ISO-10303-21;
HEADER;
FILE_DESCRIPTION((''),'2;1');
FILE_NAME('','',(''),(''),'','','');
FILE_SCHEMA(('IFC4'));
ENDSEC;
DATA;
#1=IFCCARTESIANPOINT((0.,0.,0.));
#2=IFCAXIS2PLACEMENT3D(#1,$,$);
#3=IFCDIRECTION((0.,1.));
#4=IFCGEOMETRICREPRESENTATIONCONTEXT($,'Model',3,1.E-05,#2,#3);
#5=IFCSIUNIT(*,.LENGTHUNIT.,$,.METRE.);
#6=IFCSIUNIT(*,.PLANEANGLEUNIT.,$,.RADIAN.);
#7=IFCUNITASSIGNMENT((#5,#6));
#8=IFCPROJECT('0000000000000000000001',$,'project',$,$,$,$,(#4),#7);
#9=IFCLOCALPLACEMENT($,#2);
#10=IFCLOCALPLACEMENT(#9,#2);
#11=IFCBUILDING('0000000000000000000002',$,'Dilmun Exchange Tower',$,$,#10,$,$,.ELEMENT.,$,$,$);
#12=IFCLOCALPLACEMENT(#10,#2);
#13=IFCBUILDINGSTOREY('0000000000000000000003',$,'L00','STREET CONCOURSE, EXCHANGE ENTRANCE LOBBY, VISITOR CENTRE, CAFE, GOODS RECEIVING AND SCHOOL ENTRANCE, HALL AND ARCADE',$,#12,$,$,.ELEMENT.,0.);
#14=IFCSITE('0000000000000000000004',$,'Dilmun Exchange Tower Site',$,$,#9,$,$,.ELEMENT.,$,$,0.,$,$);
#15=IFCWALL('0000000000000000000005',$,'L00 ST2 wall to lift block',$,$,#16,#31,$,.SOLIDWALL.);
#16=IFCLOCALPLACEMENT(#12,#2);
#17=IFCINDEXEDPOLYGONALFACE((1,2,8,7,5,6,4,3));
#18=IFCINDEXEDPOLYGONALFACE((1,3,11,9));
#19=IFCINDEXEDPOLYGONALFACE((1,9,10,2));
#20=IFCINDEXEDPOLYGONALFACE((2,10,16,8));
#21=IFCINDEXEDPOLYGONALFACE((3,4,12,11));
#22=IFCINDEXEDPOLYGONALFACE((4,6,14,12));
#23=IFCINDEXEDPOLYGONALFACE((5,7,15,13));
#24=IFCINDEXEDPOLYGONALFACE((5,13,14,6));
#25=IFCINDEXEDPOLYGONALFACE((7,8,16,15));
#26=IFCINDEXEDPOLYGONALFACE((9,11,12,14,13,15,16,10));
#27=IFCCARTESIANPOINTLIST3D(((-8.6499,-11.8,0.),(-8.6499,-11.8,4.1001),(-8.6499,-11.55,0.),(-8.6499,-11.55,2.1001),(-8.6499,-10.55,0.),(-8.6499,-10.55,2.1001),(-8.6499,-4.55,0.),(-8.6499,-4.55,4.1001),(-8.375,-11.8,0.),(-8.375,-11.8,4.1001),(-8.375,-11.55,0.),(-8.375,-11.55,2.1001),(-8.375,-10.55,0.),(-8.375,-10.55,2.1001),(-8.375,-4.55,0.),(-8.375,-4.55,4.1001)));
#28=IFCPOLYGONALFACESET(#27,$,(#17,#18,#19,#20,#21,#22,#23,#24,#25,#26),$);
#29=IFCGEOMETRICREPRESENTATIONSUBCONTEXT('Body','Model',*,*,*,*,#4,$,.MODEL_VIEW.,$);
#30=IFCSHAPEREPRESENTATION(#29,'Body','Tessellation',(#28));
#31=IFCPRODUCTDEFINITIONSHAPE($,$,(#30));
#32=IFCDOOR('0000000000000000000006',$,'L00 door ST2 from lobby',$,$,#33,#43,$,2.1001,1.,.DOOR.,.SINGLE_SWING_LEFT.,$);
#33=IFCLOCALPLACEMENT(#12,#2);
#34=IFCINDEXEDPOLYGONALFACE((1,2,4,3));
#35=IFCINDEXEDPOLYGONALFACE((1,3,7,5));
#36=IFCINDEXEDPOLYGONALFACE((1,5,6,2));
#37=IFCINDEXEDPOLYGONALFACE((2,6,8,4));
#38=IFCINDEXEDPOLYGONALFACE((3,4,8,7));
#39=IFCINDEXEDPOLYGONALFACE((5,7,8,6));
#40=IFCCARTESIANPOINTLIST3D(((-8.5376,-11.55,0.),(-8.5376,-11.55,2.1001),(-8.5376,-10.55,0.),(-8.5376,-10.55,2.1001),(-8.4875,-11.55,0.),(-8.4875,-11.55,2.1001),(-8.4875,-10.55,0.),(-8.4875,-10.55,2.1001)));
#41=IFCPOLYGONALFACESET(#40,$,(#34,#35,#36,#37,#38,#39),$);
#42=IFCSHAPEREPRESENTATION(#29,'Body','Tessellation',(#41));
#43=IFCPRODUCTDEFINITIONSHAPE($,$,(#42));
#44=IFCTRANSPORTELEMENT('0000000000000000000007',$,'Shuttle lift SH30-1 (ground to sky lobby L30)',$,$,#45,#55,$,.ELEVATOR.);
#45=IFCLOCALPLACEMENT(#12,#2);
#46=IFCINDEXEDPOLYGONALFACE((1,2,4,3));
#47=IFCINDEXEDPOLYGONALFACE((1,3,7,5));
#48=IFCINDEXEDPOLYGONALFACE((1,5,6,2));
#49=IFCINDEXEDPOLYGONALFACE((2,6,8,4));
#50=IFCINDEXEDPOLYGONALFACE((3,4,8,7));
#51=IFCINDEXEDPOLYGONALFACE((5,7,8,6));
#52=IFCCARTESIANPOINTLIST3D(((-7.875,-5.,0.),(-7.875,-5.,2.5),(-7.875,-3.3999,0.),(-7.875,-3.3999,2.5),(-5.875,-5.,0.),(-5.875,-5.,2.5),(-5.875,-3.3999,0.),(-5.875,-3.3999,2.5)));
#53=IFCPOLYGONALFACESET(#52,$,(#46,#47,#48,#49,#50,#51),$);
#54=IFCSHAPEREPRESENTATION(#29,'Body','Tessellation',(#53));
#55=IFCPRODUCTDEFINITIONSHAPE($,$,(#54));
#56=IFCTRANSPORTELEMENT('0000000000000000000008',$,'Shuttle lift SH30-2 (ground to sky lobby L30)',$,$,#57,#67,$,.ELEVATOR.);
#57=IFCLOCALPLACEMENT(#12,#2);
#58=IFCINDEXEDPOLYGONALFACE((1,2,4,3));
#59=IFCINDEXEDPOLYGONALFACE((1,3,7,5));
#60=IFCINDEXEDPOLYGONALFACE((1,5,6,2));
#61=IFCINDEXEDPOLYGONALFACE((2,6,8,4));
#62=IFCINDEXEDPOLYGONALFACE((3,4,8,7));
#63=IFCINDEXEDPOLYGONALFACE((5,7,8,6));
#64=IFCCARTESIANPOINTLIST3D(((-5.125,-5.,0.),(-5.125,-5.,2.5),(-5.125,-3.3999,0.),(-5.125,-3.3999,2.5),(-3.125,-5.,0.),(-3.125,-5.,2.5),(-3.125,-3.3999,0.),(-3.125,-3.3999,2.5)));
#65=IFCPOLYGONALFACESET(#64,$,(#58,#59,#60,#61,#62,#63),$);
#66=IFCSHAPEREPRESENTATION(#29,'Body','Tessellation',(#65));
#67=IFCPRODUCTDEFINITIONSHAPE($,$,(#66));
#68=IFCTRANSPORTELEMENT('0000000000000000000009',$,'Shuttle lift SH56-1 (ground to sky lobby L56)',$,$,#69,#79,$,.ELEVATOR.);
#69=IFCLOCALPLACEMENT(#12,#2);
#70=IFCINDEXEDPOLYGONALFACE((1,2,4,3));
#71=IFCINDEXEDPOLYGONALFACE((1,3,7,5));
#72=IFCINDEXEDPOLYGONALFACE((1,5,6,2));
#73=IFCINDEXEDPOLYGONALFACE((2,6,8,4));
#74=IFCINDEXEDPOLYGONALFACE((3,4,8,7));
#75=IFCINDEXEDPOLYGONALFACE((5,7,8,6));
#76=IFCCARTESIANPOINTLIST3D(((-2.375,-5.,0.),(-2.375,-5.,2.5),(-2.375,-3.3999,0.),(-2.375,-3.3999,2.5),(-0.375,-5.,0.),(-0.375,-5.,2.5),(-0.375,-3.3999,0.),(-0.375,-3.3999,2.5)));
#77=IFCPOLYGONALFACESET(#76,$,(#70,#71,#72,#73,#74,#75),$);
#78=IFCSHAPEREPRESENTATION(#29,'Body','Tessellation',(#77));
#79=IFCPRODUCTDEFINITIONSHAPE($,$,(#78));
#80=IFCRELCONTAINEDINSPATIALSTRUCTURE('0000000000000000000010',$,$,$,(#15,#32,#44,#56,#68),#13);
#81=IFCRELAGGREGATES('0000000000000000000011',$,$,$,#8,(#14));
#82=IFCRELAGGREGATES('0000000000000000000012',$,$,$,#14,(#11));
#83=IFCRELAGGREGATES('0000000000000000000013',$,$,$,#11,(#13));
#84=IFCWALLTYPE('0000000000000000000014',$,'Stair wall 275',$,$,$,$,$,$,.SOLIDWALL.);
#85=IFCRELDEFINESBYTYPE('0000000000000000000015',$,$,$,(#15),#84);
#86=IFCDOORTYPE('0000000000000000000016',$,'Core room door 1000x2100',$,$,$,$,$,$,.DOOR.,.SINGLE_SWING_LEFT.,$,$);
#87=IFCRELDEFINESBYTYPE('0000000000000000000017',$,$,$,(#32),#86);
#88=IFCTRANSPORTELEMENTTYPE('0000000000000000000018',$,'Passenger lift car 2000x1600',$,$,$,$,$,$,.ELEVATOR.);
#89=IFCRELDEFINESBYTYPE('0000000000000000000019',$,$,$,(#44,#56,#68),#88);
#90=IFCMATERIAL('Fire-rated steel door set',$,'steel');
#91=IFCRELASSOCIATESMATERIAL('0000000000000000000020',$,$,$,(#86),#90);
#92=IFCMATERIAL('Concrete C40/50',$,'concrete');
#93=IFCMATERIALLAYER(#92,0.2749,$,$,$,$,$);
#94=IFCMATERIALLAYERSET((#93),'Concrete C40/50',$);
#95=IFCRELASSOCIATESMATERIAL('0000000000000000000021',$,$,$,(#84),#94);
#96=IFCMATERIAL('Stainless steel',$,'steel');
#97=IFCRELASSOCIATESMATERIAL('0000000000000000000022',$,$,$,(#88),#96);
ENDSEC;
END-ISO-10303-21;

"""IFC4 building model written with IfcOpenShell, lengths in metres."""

from ifc_helpers import new_model, si_unit, direction, frame, frame_2d, origin, origin_2d, place, context, subcontext, project, spatial, rectangle, extrude, material, layer, layer_set, type_object, element, fill, save


model = new_model("IFC4")

# Units and contexts
model_context = context("Model", 3, precision=1e-05, world=origin(), true_north=direction((0.0, 1.0)))
body_context = subcontext(model_context, "Body", "Model", "MODEL_VIEW")
ifc_project = project(units=[si_unit("LENGTHUNIT", "METRE"), si_unit("PLANEANGLEUNIT", "RADIAN")], contexts=[model_context])

# Site, building, storey
site_placement = place(None, origin())
site = spatial("IfcSite", under=ifc_project, at=site_placement, Name="Dilmun Exchange Tower Site", CompositionType="ELEMENT", RefElevation=0.0)
building_placement = place(site_placement, origin())
building = spatial("IfcBuilding", under=site, at=building_placement, Name="Dilmun Exchange Tower", CompositionType="ELEMENT")
storey_placement = place(building_placement, origin())
storey = spatial("IfcBuildingStorey", under=building, at=storey_placement, Name="L00", Description="STREET CONCOURSE, EXCHANGE ENTRANCE LOBBY, VISITOR CENTRE, CAFE, GOODS RECEIVING AND SCHOOL ENTRANCE, HALL AND ARCADE", CompositionType="ELEMENT", Elevation=0.0)

# Shared definitions
ifc_material_1 = material(Name="Concrete C40/50", Category="concrete")

# Shared definitions
ifc_material_2 = material(Name="Fire-rated steel door set", Category="steel")
door_type_1 = type_object("IfcDoorType", Name="Core room door 1000x2100", OperationType="SINGLE_SWING_LEFT", PredefinedType="DOOR", material=ifc_material_2)

# Wall, opening, door
ifc_layer_1 = layer(ifc_material_1, 0.2749)
ifc_layer_set_1 = layer_set([ifc_layer_1], Name="Concrete C40/50")
wall_type_1 = type_object("IfcWallType", Name="Stair wall 275", PredefinedType="SOLIDWALL", material=ifc_layer_set_1)
wall_1_placement = place(storey_placement, frame((-8.5125, -4.55, 0.0), z_axis=(0.0, 0.0, 1.0), x_axis=(0.0, -1.0, 0.0)))
wall_1 = element("IfcWall", 1, at=wall_1_placement, inside=storey, type_object=wall_type_1, Name="L00 ST2 wall to lift block", PredefinedType="SOLIDWALL", context=body_context, shape_type="SweptSolid", body=[
    extrude(rectangle(XDim=7.25, YDim=0.2749, at=frame_2d((3.625, 0.0))), origin(), (0.0, 0.0, 1.0), 4.1001),
])
opening_1_placement = place(wall_1_placement, frame((6.0, 0.0, 0.0)))
opening_1 = element("IfcOpeningElement", 2, at=opening_1_placement, cuts=wall_1, PredefinedType="OPENING", context=body_context, shape_type="SweptSolid", body=[
    extrude(rectangle(XDim=1.0, YDim=2.1001, at=frame_2d((0.5, 1.05))), frame((0.0, 0.1475, 0.0), z_axis=(0.0, -1.0, 0.0), x_axis=(1.0, 0.0, 0.0)), (0.0, 0.0, 1.0), 0.2949),
])
door_1_placement = place(opening_1_placement, origin())
door_1 = element("IfcDoor", 3, at=door_1_placement, inside=storey, type_object=door_type_1, Name="L00 door ST2 from lobby", OperationType="SINGLE_SWING_LEFT", OverallHeight=2.1001, OverallWidth=1.0, PredefinedType="DOOR", context=body_context, shape_type="SweptSolid", body=[
    extrude(rectangle(XDim=1.0, YDim=2.1001, at=frame_2d((0.5, 1.05))), frame((0.0, 0.0249, 0.0), z_axis=(0.0, -1.0, 0.0), x_axis=(1.0, 0.0, 0.0)), (0.0, 0.0, 1.0), 0.05),
])
fill(opening_1, door_1)

# Transport elements
ifc_material_3 = material(Name="Stainless steel", Category="steel")
transport_element_type = type_object("IfcTransportElementType", Name="Passenger lift car 2000x1600", PredefinedType="ELEVATOR", material=ifc_material_3)
for number, where, z_axis, x_axis, name in (
    (4, (-6.875, -4.2, 0.0), (0.0, 0.0, 1.0), (1.0, 0.0, 0.0), "Shuttle lift SH30-1 (ground to sky lobby L30)"),
    (5, (-4.125, -4.2, 0.0), (0.0, 0.0, 1.0), (1.0, 0.0, 0.0), "Shuttle lift SH30-2 (ground to sky lobby L30)"),
    (6, (-1.375, -4.2, 0.0), (0.0, 0.0, 1.0), (1.0, 0.0, 0.0), "Shuttle lift SH56-1 (ground to sky lobby L56)"),
):
    element("IfcTransportElement", number, at=place(storey_placement, frame(where, z_axis=z_axis, x_axis=x_axis)), inside=storey, type_object=transport_element_type, Name=name, PredefinedType="ELEVATOR", context=body_context, shape_type="SweptSolid", body=[
        extrude(rectangle(XDim=2.0, YDim=1.6001, at=origin_2d()), origin(), (0.0, 0.0, 1.0), 2.5),
    ])

save(model, "model.ifc")
